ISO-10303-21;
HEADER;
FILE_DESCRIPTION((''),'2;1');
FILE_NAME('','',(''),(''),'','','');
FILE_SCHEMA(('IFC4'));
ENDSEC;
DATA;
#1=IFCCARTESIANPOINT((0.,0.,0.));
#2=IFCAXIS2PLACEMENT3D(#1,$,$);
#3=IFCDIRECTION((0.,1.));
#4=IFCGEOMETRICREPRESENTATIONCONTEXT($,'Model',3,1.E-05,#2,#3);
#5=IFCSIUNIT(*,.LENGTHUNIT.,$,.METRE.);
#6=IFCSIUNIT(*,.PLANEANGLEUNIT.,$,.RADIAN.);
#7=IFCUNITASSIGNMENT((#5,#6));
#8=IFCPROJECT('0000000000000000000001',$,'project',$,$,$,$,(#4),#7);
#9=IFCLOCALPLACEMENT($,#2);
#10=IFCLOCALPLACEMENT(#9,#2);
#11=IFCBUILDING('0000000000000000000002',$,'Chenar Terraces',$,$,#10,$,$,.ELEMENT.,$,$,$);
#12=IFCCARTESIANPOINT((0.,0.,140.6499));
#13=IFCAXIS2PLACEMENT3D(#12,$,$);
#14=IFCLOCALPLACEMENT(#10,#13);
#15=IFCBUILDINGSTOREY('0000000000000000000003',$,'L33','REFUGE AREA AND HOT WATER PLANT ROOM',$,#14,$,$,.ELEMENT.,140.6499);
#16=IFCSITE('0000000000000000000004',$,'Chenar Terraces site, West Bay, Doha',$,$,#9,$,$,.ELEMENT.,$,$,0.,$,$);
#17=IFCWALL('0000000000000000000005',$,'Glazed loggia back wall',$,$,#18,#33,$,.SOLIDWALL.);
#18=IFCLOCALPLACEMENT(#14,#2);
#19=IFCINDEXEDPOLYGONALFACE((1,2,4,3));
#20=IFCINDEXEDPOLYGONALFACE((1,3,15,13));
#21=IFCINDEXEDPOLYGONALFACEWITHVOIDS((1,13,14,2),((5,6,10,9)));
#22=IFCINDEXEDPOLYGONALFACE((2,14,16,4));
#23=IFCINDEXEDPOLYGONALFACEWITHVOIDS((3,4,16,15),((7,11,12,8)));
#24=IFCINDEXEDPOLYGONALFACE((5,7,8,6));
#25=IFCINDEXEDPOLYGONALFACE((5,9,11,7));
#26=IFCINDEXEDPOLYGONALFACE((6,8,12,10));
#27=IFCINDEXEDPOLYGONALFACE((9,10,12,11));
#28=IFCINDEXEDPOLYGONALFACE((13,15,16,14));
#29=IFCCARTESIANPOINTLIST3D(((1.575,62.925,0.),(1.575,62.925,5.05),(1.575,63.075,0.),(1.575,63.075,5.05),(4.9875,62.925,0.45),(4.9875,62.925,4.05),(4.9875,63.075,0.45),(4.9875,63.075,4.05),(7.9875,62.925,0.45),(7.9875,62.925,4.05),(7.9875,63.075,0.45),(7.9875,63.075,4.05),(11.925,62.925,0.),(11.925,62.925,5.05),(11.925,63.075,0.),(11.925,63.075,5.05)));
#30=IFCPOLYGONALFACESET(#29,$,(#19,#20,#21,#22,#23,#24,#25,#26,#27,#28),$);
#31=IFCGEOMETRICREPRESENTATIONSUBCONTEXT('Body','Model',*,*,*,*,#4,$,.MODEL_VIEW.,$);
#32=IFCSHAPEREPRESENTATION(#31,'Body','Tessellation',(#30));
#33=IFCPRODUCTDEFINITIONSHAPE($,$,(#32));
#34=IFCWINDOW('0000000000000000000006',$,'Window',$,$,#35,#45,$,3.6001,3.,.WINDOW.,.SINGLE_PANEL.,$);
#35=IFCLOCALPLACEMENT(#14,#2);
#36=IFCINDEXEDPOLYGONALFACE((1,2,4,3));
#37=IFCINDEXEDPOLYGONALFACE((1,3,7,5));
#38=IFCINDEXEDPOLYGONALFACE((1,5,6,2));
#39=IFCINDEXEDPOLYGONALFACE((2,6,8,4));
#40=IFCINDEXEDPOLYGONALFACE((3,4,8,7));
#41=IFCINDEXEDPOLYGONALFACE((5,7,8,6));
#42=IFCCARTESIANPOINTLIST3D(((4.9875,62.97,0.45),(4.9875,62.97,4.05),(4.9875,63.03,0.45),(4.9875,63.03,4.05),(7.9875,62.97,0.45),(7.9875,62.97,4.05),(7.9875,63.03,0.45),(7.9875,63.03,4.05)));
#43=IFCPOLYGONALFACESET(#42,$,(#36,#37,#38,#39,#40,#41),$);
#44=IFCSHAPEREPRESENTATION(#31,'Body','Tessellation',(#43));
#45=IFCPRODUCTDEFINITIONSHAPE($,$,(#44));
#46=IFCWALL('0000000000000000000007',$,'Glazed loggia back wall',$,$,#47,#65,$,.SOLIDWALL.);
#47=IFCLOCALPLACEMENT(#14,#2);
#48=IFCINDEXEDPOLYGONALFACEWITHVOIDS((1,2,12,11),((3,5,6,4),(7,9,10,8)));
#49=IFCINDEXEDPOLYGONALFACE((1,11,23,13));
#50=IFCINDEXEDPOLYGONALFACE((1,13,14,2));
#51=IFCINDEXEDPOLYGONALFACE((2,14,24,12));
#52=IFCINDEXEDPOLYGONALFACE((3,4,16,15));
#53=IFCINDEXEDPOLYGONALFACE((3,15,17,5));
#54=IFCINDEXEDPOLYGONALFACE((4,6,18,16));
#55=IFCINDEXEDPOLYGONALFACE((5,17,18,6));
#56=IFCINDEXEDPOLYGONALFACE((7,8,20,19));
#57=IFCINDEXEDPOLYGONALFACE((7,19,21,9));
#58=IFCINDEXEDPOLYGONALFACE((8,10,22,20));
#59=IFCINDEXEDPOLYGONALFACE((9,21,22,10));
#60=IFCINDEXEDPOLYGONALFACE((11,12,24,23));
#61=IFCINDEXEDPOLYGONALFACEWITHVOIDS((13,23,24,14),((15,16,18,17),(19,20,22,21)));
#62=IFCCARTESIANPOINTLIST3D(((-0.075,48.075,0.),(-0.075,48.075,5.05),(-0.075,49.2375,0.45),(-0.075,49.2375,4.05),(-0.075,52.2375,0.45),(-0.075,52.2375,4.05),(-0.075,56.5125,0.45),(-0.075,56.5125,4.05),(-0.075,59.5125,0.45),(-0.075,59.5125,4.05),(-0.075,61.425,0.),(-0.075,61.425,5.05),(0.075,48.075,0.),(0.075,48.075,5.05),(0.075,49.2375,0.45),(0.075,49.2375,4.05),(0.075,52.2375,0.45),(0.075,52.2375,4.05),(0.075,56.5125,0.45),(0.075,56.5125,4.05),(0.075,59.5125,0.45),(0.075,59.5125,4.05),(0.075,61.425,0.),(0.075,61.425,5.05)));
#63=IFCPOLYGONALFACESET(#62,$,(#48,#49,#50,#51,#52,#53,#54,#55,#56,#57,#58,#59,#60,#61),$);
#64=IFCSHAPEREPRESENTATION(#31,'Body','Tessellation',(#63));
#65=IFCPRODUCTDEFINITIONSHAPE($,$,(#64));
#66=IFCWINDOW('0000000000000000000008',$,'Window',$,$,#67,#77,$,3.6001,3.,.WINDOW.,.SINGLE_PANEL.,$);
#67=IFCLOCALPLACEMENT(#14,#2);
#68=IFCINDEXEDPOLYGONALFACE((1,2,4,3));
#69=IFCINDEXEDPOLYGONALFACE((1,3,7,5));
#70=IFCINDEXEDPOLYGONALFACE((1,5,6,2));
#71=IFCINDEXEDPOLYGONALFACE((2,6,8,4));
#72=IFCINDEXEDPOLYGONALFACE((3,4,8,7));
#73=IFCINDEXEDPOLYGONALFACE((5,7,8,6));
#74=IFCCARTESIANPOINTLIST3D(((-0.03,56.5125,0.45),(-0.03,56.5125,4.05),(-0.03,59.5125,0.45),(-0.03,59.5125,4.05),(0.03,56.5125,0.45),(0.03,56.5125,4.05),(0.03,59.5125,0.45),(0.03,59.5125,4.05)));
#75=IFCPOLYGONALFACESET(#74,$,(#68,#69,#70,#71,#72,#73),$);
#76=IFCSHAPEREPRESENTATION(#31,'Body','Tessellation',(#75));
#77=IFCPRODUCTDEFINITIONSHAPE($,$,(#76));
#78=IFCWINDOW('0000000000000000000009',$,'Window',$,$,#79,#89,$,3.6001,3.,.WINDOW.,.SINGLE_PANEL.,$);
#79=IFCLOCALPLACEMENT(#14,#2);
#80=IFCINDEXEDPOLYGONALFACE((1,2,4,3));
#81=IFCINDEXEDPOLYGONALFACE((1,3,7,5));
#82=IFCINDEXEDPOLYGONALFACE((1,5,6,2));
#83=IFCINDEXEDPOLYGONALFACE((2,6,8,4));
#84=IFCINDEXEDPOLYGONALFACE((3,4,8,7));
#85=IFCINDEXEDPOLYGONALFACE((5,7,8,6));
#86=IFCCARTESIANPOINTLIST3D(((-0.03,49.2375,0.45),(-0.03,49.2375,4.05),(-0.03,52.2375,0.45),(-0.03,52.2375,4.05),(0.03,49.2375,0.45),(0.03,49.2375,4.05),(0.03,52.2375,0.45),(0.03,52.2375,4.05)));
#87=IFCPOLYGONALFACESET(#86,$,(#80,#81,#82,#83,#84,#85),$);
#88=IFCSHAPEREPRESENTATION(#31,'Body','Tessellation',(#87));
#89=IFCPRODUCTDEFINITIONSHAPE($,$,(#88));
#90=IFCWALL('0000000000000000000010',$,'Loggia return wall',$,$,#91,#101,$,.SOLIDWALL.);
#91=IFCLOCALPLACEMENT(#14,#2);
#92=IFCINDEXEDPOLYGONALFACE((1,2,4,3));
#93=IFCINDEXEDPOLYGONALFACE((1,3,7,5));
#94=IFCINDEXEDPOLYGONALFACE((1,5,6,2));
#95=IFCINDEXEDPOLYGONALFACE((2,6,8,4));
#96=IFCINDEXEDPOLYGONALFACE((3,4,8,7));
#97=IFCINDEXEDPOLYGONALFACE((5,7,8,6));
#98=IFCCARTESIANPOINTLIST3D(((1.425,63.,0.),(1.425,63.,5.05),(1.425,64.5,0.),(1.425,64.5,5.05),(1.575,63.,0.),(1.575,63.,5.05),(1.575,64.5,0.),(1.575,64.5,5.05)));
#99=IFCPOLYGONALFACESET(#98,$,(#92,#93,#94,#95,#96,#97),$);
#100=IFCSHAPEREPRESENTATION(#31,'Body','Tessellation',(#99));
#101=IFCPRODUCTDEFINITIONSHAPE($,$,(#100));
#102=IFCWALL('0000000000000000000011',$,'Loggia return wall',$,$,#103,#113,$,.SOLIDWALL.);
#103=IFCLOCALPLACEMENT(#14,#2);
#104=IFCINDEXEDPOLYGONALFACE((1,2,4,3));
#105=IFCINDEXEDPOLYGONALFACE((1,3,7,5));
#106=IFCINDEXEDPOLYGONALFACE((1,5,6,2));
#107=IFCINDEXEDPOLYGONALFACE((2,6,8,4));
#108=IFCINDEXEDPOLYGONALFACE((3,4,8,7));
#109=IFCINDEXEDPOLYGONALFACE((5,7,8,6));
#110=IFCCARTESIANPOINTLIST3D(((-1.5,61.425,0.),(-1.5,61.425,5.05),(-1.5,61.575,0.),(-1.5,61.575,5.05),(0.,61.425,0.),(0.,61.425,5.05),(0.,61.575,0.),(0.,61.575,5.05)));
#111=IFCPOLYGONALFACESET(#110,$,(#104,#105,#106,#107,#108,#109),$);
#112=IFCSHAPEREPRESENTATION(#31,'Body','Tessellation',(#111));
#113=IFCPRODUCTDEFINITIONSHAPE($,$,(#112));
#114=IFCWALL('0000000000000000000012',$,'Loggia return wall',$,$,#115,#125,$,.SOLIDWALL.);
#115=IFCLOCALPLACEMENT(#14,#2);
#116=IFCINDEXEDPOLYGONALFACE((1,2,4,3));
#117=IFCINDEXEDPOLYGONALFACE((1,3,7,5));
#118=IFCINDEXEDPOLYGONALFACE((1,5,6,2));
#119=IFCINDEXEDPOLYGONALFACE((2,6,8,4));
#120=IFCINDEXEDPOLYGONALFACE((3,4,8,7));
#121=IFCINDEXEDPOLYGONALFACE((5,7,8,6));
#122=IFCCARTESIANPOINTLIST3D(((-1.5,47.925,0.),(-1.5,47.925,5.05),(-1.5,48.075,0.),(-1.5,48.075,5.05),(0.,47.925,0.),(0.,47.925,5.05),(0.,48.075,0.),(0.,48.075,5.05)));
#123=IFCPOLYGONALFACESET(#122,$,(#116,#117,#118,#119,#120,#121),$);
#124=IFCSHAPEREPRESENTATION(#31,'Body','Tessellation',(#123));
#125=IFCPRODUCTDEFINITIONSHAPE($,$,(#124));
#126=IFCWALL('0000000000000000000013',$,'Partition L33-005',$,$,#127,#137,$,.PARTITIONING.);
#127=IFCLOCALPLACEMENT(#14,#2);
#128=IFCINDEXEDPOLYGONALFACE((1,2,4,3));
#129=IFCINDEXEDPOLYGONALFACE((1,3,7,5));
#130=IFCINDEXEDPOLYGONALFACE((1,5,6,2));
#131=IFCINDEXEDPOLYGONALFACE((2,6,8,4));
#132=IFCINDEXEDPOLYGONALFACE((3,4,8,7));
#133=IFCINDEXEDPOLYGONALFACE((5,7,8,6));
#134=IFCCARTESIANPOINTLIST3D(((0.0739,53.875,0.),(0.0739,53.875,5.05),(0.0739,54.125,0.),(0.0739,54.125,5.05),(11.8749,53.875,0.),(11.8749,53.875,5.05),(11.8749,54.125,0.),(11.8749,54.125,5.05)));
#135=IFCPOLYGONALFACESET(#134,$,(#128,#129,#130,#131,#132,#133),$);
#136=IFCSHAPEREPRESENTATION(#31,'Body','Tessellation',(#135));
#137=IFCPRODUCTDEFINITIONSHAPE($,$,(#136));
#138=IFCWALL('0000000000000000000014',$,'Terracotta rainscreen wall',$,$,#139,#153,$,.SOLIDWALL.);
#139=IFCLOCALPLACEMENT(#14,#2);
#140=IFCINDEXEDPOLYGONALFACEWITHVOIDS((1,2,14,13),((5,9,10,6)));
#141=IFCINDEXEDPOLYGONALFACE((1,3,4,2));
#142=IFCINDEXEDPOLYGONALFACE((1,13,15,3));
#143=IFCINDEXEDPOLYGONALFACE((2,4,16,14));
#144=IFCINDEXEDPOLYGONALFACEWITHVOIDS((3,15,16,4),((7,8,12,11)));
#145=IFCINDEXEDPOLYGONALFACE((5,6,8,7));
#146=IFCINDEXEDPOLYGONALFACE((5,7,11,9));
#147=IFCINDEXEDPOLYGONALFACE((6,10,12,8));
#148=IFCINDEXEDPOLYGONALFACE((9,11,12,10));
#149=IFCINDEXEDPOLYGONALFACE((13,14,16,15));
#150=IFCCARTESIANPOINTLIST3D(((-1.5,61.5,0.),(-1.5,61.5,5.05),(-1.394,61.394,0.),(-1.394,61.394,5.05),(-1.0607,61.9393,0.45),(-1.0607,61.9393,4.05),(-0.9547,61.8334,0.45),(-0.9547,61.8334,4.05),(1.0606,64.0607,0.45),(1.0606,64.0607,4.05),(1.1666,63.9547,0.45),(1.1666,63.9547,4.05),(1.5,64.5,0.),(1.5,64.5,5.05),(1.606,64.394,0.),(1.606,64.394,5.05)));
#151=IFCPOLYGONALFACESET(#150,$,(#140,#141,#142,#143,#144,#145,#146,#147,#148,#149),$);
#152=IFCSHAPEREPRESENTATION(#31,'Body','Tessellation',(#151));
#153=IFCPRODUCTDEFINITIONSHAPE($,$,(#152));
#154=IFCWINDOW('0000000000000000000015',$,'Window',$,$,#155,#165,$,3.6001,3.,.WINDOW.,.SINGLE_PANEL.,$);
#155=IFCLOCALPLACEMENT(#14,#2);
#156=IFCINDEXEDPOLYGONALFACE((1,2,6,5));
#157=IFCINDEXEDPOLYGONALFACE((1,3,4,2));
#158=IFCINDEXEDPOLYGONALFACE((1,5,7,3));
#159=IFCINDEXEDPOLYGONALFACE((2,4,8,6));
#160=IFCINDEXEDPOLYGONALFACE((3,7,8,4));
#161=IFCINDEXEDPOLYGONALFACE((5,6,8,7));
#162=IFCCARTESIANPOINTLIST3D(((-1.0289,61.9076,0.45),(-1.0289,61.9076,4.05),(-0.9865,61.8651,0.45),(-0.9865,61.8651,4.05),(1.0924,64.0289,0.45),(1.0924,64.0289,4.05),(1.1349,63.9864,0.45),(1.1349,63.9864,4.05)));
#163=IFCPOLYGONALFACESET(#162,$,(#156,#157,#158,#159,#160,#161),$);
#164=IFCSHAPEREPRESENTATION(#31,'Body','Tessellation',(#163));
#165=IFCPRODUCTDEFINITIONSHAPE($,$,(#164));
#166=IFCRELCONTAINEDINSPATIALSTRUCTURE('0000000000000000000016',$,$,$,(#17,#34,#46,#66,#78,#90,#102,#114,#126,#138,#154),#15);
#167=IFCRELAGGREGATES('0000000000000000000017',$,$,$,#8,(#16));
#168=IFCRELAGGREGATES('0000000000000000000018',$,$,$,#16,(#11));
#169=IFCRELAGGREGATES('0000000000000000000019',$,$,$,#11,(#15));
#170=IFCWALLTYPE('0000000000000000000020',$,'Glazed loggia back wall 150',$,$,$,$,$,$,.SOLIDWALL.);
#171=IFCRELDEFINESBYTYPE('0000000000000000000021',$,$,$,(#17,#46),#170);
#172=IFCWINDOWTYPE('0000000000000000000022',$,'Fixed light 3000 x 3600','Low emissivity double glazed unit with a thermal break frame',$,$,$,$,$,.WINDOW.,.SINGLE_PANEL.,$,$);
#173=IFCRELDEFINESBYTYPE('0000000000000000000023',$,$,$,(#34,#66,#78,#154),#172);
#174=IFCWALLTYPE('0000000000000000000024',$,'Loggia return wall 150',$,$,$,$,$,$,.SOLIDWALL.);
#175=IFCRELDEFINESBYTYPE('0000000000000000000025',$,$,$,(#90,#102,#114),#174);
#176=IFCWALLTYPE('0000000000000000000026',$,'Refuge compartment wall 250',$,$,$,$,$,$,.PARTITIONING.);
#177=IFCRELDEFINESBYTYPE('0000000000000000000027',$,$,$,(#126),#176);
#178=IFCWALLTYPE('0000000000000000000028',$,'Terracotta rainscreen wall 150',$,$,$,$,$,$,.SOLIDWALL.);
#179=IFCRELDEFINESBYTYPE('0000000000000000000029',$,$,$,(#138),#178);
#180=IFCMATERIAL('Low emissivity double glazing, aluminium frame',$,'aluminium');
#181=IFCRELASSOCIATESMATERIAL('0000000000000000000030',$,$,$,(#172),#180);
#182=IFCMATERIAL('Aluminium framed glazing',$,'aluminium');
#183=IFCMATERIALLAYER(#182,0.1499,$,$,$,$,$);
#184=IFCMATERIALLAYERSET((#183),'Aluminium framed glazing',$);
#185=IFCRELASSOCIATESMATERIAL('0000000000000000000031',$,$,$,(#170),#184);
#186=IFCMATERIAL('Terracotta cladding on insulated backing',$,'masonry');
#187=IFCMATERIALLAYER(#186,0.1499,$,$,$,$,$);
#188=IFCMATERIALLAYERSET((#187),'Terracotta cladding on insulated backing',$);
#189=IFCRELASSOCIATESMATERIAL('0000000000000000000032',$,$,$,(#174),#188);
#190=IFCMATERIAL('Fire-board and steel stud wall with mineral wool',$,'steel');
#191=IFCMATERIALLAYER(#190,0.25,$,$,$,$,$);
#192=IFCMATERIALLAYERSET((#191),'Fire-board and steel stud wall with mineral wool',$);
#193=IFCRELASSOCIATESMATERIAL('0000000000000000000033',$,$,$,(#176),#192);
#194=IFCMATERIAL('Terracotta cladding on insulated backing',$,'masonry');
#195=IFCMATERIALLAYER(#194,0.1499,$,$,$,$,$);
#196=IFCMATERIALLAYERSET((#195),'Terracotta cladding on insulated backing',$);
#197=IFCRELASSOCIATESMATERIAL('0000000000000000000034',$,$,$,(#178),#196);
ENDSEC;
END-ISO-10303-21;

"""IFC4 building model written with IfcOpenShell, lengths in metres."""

from ifc_helpers import new_model, si_unit, direction, frame, frame_2d, origin, place, context, subcontext, project, spatial, rectangle, extrude, material, layer, layer_set, type_object, element, fill, save


model = new_model("IFC4")

# Units and contexts
model_context = context("Model", 3, precision=1e-05, world=origin(), true_north=direction((0.0, 1.0)))
body_context = subcontext(model_context, "Body", "Model", "MODEL_VIEW")
ifc_project = project(units=[si_unit("LENGTHUNIT", "METRE"), si_unit("PLANEANGLEUNIT", "RADIAN")], contexts=[model_context])

# Site, building, storey
site_placement = place(None, origin())
site = spatial("IfcSite", under=ifc_project, at=site_placement, Name="Chenar Terraces site, West Bay, Doha", CompositionType="ELEMENT", RefElevation=0.0)
building_placement = place(site_placement, origin())
building = spatial("IfcBuilding", under=site, at=building_placement, Name="Chenar Terraces", CompositionType="ELEMENT")
storey_placement = place(building_placement, frame((0.0, 0.0, 140.6499)))
storey = spatial("IfcBuildingStorey", under=building, at=storey_placement, Name="L33", Description="REFUGE AREA AND HOT WATER PLANT ROOM", CompositionType="ELEMENT", Elevation=140.6499)

# Shared definitions
ifc_material_1 = material(Name="Low emissivity double glazing, aluminium frame", Category="aluminium")
window_type_1 = type_object("IfcWindowType", Name="Fixed light 3000 x 3600", Description="Low emissivity double glazed unit with a thermal break frame", PartitioningType="SINGLE_PANEL", PredefinedType="WINDOW", material=ifc_material_1)

# Wall, opening, window
ifc_material_2 = material(Name="Aluminium framed glazing", Category="aluminium")
ifc_layer_1 = layer(ifc_material_2, 0.1499)
ifc_layer_set_1 = layer_set([ifc_layer_1], Name="Aluminium framed glazing")
wall_type_1 = type_object("IfcWallType", Name="Glazed loggia back wall 150", PredefinedType="SOLIDWALL", material=ifc_layer_set_1)
wall_1_placement = place(storey_placement, frame((11.925, 63.0, 0.0), z_axis=(0.0, 0.0, 1.0), x_axis=(-1.0, 0.0, 0.0)))
wall_1 = element("IfcWall", 1, at=wall_1_placement, inside=storey, type_object=wall_type_1, Name="Glazed loggia back wall", PredefinedType="SOLIDWALL", context=body_context, shape_type="SweptSolid", body=[
    extrude(rectangle(XDim=10.3501, YDim=0.1499, at=frame_2d((5.175, 0.0))), origin(), (0.0, 0.0, 1.0), 5.05),
])
opening_1_placement = place(wall_1_placement, frame((3.9375, 0.0, 0.45)))
opening_1 = element("IfcOpeningElement", 2, at=opening_1_placement, cuts=wall_1, PredefinedType="OPENING", context=body_context, shape_type="SweptSolid", body=[
    extrude(rectangle(XDim=3.0, YDim=3.6001, at=frame_2d((1.5, 1.8))), frame((0.0, 0.085, 0.0), z_axis=(0.0, -1.0, 0.0), x_axis=(1.0, 0.0, 0.0)), (0.0, 0.0, 1.0), 0.1699),
])
window_1_placement = place(opening_1_placement, origin())
window_1 = element("IfcWindow", 3, at=window_1_placement, inside=storey, type_object=window_type_1, Name="Window", OverallHeight=3.6001, OverallWidth=3.0, PartitioningType="SINGLE_PANEL", PredefinedType="WINDOW", context=body_context, shape_type="SweptSolid", body=[
    extrude(rectangle(XDim=3.0, YDim=3.6001, at=frame_2d((1.5, 1.8))), frame((0.0, 0.03, 0.0), z_axis=(0.0, -1.0, 0.0), x_axis=(1.0, 0.0, 0.0)), (0.0, 0.0, 1.0), 0.0601),
])
fill(opening_1, window_1)

# Wall, openings, windows
wall_2_placement = place(storey_placement, frame((0.0, 61.425, 0.0), z_axis=(0.0, 0.0, 1.0), x_axis=(0.0, -1.0, 0.0)))
wall_2 = element("IfcWall", 4, at=wall_2_placement, inside=storey, type_object=wall_type_1, Name="Glazed loggia back wall", PredefinedType="SOLIDWALL", context=body_context, shape_type="SweptSolid", body=[
    extrude(rectangle(XDim=13.3501, YDim=0.1499, at=frame_2d((6.675, 0.0))), origin(), (0.0, 0.0, 1.0), 5.05),
])
opening_2_placement = place(wall_2_placement, frame((1.9126, 0.0, 0.45)))
opening_2 = element("IfcOpeningElement", 5, at=opening_2_placement, cuts=wall_2, PredefinedType="OPENING", context=body_context, shape_type="SweptSolid", body=[
    extrude(rectangle(XDim=3.0, YDim=3.6001, at=frame_2d((1.5, 1.8))), frame((0.0, 0.085, 0.0), z_axis=(0.0, -1.0, 0.0), x_axis=(1.0, 0.0, 0.0)), (0.0, 0.0, 1.0), 0.1699),
])
opening_3_placement = place(wall_2_placement, frame((9.1875, 0.0, 0.45)))
opening_3 = element("IfcOpeningElement", 6, at=opening_3_placement, cuts=wall_2, PredefinedType="OPENING", context=body_context, shape_type="SweptSolid", body=[
    extrude(rectangle(XDim=3.0, YDim=3.6001, at=frame_2d((1.5, 1.8))), frame((0.0, 0.085, 0.0), z_axis=(0.0, -1.0, 0.0), x_axis=(1.0, 0.0, 0.0)), (0.0, 0.0, 1.0), 0.1699),
])
window_2_placement = place(opening_2_placement, origin())
window_2 = element("IfcWindow", 7, at=window_2_placement, inside=storey, type_object=window_type_1, Name="Window", OverallHeight=3.6001, OverallWidth=3.0, PartitioningType="SINGLE_PANEL", PredefinedType="WINDOW", context=body_context, shape_type="SweptSolid", body=[
    extrude(rectangle(XDim=3.0, YDim=3.6001, at=frame_2d((1.5, 1.8))), frame((0.0, 0.03, 0.0), z_axis=(0.0, -1.0, 0.0), x_axis=(1.0, 0.0, 0.0)), (0.0, 0.0, 1.0), 0.0601),
])
fill(opening_2, window_2)
window_3_placement = place(opening_3_placement, origin())
window_3 = element("IfcWindow", 8, at=window_3_placement, inside=storey, type_object=window_type_1, Name="Window", OverallHeight=3.6001, OverallWidth=3.0, PartitioningType="SINGLE_PANEL", PredefinedType="WINDOW", context=body_context, shape_type="SweptSolid", body=[
    extrude(rectangle(XDim=3.0, YDim=3.6001, at=frame_2d((1.5, 1.8))), frame((0.0, 0.03, 0.0), z_axis=(0.0, -1.0, 0.0), x_axis=(1.0, 0.0, 0.0)), (0.0, 0.0, 1.0), 0.0601),
])
fill(opening_3, window_3)

# Walls
ifc_material_3 = material(Name="Terracotta cladding on insulated backing", Category="masonry")
ifc_layer_2 = layer(ifc_material_3, 0.1499)
ifc_layer_set_2 = layer_set([ifc_layer_2], Name="Terracotta cladding on insulated backing")
wall_type_2 = type_object("IfcWallType", Name="Loggia return wall 150", PredefinedType="SOLIDWALL", material=ifc_layer_set_2)
for number, where, z_axis, x_axis, name in (
    (9, (1.5, 64.5, 0.0), (0.0, 0.0, 1.0), (0.0, -1.0, 0.0), "Loggia return wall"),
    (10, (-1.5, 61.5, 0.0), (0.0, 0.0, 1.0), (1.0, 0.0, 0.0), "Loggia return wall"),
    (11, (-1.5, 48.0, 0.0), (0.0, 0.0, 1.0), (1.0, 0.0, 0.0), "Loggia return wall"),
):
    element("IfcWall", number, at=place(storey_placement, frame(where, z_axis=z_axis, x_axis=x_axis)), inside=storey, type_object=wall_type_2, Name=name, PredefinedType="SOLIDWALL", context=body_context, shape_type="SweptSolid", body=[
        extrude(rectangle(XDim=1.5, YDim=0.1499, at=frame_2d((0.75, 0.0))), origin(), (0.0, 0.0, 1.0), 5.05),
    ])
ifc_material_4 = material(Name="Fire-board and steel stud wall with mineral wool", Category="steel")
ifc_layer_3 = layer(ifc_material_4, 0.25)
ifc_layer_set_3 = layer_set([ifc_layer_3], Name="Fire-board and steel stud wall with mineral wool")
wall_type_3 = type_object("IfcWallType", Name="Refuge compartment wall 250", PredefinedType="PARTITIONING", material=ifc_layer_set_3)
wall_3_placement = place(storey_placement, frame((0.074, 54.0, 0.0), z_axis=(0.0, 0.0, 1.0), x_axis=(1.0, 0.0, 0.0)))
element("IfcWall", 12, at=wall_3_placement, inside=storey, type_object=wall_type_3, Name="Partition L33-005", PredefinedType="PARTITIONING", context=body_context, shape_type="SweptSolid", body=[
    extrude(rectangle(XDim=11.801, YDim=0.25, at=frame_2d((5.9004, 0.0))), origin(), (0.0, 0.0, 1.0), 5.05),
])

# Wall, opening, window
ifc_material_5 = material(Name="Terracotta cladding on insulated backing", Category="masonry")
ifc_layer_4 = layer(ifc_material_5, 0.1499)
ifc_layer_set_4 = layer_set([ifc_layer_4], Name="Terracotta cladding on insulated backing")
wall_type_4 = type_object("IfcWallType", Name="Terracotta rainscreen wall 150", PredefinedType="SOLIDWALL", material=ifc_layer_set_4)
wall_4_placement = place(storey_placement, frame((1.553, 64.447, 0.0), z_axis=(0.0, 0.0, 1.0), x_axis=(-0.707107, -0.707107, 0.0)))
wall_4 = element("IfcWall", 13, at=wall_4_placement, inside=storey, type_object=wall_type_4, Name="Terracotta rainscreen wall", PredefinedType="SOLIDWALL", context=body_context, shape_type="SweptSolid", body=[
    extrude(rectangle(XDim=4.2427, YDim=0.1499, at=frame_2d((2.1213, 0.0))), origin(), (0.0, 0.0, 1.0), 5.05),
])
opening_4_placement = place(wall_4_placement, frame((0.6213, 0.0, 0.45)))
opening_4 = element("IfcOpeningElement", 14, at=opening_4_placement, cuts=wall_4, PredefinedType="OPENING", context=body_context, shape_type="SweptSolid", body=[
    extrude(rectangle(XDim=3.0, YDim=3.6001, at=frame_2d((1.5, 1.8))), frame((0.0, 0.085, 0.0), z_axis=(0.0, -1.0, 0.0), x_axis=(1.0, 0.0, 0.0)), (0.0, 0.0, 1.0), 0.1699),
])
window_4_placement = place(opening_4_placement, origin())
window_4 = element("IfcWindow", 15, at=window_4_placement, inside=storey, type_object=window_type_1, Name="Window", OverallHeight=3.6001, OverallWidth=3.0, PartitioningType="SINGLE_PANEL", PredefinedType="WINDOW", context=body_context, shape_type="SweptSolid", body=[
    extrude(rectangle(XDim=3.0, YDim=3.6001, at=frame_2d((1.5, 1.8))), frame((0.0, 0.03, 0.0), z_axis=(0.0, -1.0, 0.0), x_axis=(1.0, 0.0, 0.0)), (0.0, 0.0, 1.0), 0.0601),
])
fill(opening_4, window_4)

save(model, "model.ifc")
